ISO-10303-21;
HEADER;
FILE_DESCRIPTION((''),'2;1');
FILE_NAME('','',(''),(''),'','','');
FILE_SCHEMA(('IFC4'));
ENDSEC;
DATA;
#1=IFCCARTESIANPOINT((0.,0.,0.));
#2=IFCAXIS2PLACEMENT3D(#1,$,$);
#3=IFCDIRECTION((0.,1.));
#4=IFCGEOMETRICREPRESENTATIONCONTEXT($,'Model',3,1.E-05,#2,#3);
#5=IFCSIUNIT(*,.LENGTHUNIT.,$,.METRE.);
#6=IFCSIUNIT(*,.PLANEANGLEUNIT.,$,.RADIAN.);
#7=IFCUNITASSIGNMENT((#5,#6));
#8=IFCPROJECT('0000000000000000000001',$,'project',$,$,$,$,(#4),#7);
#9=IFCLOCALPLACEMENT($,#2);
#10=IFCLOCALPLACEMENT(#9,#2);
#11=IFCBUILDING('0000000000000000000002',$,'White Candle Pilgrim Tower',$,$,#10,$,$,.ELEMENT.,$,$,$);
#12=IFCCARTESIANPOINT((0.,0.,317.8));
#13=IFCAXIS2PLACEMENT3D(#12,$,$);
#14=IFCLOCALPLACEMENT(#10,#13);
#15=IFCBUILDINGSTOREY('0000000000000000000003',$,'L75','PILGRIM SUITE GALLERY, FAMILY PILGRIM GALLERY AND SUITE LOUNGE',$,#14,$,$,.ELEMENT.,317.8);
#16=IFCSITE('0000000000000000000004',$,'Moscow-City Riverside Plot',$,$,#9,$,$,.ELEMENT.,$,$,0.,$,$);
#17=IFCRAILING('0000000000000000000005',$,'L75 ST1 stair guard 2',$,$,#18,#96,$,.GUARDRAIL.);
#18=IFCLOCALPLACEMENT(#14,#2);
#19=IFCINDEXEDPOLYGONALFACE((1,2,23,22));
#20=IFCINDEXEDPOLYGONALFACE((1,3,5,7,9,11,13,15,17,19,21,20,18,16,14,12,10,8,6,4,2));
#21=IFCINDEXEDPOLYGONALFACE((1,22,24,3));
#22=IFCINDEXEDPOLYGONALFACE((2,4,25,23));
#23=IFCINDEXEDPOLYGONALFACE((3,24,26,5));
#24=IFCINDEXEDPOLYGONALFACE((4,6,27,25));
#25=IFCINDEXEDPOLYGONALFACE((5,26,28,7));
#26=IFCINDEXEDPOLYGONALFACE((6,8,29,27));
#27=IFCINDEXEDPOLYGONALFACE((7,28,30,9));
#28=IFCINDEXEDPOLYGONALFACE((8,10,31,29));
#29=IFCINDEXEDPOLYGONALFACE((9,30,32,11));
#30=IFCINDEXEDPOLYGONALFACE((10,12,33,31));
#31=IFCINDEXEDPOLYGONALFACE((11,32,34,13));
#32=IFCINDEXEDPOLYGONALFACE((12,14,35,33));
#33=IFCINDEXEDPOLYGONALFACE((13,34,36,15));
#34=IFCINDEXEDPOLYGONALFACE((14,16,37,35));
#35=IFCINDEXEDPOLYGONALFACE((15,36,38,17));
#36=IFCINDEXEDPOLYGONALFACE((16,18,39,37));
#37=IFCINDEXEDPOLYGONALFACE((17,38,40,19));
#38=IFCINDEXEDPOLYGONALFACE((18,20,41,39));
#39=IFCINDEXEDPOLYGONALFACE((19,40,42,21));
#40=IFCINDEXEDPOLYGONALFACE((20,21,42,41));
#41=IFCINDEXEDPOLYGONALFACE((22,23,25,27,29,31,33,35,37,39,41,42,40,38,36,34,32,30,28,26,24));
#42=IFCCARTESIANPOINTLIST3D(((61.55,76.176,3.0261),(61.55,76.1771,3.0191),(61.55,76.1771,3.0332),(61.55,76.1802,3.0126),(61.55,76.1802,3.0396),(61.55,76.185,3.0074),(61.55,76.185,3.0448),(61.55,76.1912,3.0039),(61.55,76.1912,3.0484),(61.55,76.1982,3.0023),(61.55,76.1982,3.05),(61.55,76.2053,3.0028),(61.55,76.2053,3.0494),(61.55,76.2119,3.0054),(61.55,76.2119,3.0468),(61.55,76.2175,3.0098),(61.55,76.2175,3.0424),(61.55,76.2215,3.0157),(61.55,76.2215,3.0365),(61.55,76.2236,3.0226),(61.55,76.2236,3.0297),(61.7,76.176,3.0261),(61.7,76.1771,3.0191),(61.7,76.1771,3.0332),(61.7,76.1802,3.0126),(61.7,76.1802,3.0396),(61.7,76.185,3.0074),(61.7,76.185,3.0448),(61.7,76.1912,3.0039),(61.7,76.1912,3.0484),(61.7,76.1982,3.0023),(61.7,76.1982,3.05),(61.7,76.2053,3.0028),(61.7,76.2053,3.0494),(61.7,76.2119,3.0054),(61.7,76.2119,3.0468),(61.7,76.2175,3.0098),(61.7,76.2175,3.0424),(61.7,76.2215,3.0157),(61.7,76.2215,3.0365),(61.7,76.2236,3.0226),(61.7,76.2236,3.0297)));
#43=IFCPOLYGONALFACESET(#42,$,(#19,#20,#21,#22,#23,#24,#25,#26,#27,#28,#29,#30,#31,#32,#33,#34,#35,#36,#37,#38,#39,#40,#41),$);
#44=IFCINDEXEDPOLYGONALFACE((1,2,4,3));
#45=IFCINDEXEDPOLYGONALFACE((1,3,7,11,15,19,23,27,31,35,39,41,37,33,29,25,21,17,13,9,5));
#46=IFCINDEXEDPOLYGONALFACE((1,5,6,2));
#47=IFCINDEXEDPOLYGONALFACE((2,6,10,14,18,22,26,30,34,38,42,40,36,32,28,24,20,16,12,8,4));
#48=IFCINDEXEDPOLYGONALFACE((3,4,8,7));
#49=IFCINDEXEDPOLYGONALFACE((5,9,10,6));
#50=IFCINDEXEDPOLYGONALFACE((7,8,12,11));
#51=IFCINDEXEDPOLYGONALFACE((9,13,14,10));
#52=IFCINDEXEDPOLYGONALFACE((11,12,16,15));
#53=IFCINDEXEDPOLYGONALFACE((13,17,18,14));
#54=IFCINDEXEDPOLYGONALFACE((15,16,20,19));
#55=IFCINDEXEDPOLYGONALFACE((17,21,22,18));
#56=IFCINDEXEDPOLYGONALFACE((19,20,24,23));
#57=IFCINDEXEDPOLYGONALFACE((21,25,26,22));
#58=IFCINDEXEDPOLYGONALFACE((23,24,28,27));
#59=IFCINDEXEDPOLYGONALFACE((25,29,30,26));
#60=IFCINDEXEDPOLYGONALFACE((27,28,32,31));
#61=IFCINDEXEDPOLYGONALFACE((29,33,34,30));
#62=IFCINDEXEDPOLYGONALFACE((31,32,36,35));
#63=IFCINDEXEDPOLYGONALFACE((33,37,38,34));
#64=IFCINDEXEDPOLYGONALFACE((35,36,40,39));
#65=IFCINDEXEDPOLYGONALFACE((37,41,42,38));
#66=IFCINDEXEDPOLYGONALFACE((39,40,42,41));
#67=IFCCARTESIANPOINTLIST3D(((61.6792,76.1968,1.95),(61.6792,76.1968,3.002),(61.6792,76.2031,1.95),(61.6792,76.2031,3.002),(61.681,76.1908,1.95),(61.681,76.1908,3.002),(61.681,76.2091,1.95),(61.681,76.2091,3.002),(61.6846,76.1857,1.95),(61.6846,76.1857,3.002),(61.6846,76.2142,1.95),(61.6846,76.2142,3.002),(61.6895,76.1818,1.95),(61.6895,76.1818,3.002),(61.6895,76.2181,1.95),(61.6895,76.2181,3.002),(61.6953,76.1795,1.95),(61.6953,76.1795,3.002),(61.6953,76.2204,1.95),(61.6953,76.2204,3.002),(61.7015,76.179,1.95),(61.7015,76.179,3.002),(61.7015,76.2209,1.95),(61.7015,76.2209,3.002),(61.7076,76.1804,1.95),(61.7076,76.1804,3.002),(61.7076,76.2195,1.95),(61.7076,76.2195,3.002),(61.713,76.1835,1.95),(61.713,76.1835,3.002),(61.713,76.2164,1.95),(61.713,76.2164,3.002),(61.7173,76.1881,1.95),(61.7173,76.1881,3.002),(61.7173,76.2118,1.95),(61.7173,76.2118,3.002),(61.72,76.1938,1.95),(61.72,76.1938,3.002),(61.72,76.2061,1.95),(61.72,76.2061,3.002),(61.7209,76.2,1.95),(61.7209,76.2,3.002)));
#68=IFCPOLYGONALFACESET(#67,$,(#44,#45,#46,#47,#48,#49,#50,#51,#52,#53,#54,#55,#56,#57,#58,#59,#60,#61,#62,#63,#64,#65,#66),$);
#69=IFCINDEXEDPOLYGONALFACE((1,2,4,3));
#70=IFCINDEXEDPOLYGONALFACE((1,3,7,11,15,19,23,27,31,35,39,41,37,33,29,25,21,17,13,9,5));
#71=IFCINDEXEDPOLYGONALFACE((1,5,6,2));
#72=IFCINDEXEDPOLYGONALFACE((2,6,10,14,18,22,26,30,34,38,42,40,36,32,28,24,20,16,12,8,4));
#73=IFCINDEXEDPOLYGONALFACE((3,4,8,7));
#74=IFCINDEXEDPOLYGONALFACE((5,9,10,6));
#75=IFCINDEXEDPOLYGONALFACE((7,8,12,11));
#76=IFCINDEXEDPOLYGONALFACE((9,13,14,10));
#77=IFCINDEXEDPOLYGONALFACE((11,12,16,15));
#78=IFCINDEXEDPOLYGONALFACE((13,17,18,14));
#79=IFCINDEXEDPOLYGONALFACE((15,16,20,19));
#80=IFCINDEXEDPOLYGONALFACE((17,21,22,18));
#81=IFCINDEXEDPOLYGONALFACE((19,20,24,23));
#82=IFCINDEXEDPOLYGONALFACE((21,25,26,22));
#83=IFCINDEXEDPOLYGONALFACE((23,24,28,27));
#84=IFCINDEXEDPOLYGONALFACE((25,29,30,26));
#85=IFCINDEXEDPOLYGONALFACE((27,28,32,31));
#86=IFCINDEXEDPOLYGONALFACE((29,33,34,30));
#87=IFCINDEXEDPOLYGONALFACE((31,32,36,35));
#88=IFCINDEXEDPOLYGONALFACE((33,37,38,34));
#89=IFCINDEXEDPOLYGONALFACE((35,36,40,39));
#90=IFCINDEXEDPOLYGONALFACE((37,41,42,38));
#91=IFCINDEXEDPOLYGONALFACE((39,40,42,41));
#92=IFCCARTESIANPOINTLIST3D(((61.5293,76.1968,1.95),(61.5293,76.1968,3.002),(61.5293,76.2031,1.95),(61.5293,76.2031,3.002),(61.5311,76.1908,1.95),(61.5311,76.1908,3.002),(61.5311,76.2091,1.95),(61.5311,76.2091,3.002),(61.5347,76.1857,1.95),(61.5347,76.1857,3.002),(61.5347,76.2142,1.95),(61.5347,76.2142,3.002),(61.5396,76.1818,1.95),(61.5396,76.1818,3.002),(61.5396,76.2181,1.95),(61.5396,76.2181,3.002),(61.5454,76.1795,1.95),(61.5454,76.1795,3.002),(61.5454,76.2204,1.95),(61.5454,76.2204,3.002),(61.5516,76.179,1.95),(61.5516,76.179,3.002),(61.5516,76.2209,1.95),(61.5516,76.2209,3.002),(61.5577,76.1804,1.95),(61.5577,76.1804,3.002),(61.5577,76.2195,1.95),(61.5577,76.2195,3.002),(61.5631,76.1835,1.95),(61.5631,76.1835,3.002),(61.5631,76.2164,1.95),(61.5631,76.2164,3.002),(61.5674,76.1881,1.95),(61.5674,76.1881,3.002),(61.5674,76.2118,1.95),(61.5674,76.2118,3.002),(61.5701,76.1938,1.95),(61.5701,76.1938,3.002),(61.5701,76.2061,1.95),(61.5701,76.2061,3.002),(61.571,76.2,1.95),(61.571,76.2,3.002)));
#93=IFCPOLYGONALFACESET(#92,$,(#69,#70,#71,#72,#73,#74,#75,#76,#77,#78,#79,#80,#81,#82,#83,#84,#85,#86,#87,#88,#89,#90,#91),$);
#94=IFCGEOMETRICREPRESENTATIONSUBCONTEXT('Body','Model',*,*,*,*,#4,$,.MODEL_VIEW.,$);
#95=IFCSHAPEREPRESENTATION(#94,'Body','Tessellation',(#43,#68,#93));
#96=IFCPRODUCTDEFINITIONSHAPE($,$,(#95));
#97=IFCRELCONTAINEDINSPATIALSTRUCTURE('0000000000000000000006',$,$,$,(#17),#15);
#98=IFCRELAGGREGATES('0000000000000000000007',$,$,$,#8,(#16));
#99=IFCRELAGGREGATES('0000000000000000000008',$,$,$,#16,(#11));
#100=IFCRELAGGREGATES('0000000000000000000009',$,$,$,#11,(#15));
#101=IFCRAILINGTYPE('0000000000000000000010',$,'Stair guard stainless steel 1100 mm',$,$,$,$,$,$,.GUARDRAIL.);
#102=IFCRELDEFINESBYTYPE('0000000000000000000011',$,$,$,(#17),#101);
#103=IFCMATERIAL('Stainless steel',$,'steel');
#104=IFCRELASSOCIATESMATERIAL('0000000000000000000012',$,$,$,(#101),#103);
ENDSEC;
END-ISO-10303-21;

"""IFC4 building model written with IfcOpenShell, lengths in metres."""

from ifc_helpers import new_model, si_unit, direction, frame, origin, origin_2d, place, context, subcontext, project, spatial, circle, extrude, material, type_object, element, save


model = new_model("IFC4")

# Units and contexts
model_context = context("Model", 3, precision=1e-05, world=origin(), true_north=direction((0.0, 1.0)))
body_context = subcontext(model_context, "Body", "Model", "MODEL_VIEW")
ifc_project = project(units=[si_unit("LENGTHUNIT", "METRE"), si_unit("PLANEANGLEUNIT", "RADIAN")], contexts=[model_context])

# Site, building, storey
site_placement = place(None, origin())
site = spatial("IfcSite", under=ifc_project, at=site_placement, Name="Moscow-City Riverside Plot", CompositionType="ELEMENT", RefElevation=0.0)
building_placement = place(site_placement, origin())
building = spatial("IfcBuilding", under=site, at=building_placement, Name="White Candle Pilgrim Tower", CompositionType="ELEMENT")
storey_placement = place(building_placement, frame((0.0, 0.0, 317.8)))
storey = spatial("IfcBuildingStorey", under=building, at=storey_placement, Name="L75", Description="PILGRIM SUITE GALLERY, FAMILY PILGRIM GALLERY AND SUITE LOUNGE", CompositionType="ELEMENT", Elevation=317.8)

# Shared definitions
ifc_material_1 = material(Name="Stainless steel", Category="steel")

# Railing
railing_type_1 = type_object("IfcRailingType", Name="Stair guard stainless steel 1100 mm", PredefinedType="GUARDRAIL", material=ifc_material_1)
railing_1_placement = place(storey_placement, frame((61.7, 76.2, 1.95)))
element("IfcRailing", 1, at=railing_1_placement, inside=storey, type_object=railing_type_1, Name="L75 ST1 stair guard 2", PredefinedType="GUARDRAIL", context=body_context, shape_type="SweptSolid", body=[
    extrude(circle(Radius=0.0239, at=origin_2d()), frame((0.0, 0.0, 1.0762), z_axis=(-1.0, 0.0, 0.0), x_axis=(0.0, -1.0, 0.0)), (0.0, 0.0, 1.0), 0.1499),
    extrude(circle(Radius=0.021, at=origin_2d()), origin(), (0.0, 0.0, 1.0), 1.052),
    extrude(circle(Radius=0.021, at=origin_2d()), frame((-0.1499, 0.0, 0.0)), (0.0, 0.0, 1.0), 1.052),
])

save(model, "model.ifc")
